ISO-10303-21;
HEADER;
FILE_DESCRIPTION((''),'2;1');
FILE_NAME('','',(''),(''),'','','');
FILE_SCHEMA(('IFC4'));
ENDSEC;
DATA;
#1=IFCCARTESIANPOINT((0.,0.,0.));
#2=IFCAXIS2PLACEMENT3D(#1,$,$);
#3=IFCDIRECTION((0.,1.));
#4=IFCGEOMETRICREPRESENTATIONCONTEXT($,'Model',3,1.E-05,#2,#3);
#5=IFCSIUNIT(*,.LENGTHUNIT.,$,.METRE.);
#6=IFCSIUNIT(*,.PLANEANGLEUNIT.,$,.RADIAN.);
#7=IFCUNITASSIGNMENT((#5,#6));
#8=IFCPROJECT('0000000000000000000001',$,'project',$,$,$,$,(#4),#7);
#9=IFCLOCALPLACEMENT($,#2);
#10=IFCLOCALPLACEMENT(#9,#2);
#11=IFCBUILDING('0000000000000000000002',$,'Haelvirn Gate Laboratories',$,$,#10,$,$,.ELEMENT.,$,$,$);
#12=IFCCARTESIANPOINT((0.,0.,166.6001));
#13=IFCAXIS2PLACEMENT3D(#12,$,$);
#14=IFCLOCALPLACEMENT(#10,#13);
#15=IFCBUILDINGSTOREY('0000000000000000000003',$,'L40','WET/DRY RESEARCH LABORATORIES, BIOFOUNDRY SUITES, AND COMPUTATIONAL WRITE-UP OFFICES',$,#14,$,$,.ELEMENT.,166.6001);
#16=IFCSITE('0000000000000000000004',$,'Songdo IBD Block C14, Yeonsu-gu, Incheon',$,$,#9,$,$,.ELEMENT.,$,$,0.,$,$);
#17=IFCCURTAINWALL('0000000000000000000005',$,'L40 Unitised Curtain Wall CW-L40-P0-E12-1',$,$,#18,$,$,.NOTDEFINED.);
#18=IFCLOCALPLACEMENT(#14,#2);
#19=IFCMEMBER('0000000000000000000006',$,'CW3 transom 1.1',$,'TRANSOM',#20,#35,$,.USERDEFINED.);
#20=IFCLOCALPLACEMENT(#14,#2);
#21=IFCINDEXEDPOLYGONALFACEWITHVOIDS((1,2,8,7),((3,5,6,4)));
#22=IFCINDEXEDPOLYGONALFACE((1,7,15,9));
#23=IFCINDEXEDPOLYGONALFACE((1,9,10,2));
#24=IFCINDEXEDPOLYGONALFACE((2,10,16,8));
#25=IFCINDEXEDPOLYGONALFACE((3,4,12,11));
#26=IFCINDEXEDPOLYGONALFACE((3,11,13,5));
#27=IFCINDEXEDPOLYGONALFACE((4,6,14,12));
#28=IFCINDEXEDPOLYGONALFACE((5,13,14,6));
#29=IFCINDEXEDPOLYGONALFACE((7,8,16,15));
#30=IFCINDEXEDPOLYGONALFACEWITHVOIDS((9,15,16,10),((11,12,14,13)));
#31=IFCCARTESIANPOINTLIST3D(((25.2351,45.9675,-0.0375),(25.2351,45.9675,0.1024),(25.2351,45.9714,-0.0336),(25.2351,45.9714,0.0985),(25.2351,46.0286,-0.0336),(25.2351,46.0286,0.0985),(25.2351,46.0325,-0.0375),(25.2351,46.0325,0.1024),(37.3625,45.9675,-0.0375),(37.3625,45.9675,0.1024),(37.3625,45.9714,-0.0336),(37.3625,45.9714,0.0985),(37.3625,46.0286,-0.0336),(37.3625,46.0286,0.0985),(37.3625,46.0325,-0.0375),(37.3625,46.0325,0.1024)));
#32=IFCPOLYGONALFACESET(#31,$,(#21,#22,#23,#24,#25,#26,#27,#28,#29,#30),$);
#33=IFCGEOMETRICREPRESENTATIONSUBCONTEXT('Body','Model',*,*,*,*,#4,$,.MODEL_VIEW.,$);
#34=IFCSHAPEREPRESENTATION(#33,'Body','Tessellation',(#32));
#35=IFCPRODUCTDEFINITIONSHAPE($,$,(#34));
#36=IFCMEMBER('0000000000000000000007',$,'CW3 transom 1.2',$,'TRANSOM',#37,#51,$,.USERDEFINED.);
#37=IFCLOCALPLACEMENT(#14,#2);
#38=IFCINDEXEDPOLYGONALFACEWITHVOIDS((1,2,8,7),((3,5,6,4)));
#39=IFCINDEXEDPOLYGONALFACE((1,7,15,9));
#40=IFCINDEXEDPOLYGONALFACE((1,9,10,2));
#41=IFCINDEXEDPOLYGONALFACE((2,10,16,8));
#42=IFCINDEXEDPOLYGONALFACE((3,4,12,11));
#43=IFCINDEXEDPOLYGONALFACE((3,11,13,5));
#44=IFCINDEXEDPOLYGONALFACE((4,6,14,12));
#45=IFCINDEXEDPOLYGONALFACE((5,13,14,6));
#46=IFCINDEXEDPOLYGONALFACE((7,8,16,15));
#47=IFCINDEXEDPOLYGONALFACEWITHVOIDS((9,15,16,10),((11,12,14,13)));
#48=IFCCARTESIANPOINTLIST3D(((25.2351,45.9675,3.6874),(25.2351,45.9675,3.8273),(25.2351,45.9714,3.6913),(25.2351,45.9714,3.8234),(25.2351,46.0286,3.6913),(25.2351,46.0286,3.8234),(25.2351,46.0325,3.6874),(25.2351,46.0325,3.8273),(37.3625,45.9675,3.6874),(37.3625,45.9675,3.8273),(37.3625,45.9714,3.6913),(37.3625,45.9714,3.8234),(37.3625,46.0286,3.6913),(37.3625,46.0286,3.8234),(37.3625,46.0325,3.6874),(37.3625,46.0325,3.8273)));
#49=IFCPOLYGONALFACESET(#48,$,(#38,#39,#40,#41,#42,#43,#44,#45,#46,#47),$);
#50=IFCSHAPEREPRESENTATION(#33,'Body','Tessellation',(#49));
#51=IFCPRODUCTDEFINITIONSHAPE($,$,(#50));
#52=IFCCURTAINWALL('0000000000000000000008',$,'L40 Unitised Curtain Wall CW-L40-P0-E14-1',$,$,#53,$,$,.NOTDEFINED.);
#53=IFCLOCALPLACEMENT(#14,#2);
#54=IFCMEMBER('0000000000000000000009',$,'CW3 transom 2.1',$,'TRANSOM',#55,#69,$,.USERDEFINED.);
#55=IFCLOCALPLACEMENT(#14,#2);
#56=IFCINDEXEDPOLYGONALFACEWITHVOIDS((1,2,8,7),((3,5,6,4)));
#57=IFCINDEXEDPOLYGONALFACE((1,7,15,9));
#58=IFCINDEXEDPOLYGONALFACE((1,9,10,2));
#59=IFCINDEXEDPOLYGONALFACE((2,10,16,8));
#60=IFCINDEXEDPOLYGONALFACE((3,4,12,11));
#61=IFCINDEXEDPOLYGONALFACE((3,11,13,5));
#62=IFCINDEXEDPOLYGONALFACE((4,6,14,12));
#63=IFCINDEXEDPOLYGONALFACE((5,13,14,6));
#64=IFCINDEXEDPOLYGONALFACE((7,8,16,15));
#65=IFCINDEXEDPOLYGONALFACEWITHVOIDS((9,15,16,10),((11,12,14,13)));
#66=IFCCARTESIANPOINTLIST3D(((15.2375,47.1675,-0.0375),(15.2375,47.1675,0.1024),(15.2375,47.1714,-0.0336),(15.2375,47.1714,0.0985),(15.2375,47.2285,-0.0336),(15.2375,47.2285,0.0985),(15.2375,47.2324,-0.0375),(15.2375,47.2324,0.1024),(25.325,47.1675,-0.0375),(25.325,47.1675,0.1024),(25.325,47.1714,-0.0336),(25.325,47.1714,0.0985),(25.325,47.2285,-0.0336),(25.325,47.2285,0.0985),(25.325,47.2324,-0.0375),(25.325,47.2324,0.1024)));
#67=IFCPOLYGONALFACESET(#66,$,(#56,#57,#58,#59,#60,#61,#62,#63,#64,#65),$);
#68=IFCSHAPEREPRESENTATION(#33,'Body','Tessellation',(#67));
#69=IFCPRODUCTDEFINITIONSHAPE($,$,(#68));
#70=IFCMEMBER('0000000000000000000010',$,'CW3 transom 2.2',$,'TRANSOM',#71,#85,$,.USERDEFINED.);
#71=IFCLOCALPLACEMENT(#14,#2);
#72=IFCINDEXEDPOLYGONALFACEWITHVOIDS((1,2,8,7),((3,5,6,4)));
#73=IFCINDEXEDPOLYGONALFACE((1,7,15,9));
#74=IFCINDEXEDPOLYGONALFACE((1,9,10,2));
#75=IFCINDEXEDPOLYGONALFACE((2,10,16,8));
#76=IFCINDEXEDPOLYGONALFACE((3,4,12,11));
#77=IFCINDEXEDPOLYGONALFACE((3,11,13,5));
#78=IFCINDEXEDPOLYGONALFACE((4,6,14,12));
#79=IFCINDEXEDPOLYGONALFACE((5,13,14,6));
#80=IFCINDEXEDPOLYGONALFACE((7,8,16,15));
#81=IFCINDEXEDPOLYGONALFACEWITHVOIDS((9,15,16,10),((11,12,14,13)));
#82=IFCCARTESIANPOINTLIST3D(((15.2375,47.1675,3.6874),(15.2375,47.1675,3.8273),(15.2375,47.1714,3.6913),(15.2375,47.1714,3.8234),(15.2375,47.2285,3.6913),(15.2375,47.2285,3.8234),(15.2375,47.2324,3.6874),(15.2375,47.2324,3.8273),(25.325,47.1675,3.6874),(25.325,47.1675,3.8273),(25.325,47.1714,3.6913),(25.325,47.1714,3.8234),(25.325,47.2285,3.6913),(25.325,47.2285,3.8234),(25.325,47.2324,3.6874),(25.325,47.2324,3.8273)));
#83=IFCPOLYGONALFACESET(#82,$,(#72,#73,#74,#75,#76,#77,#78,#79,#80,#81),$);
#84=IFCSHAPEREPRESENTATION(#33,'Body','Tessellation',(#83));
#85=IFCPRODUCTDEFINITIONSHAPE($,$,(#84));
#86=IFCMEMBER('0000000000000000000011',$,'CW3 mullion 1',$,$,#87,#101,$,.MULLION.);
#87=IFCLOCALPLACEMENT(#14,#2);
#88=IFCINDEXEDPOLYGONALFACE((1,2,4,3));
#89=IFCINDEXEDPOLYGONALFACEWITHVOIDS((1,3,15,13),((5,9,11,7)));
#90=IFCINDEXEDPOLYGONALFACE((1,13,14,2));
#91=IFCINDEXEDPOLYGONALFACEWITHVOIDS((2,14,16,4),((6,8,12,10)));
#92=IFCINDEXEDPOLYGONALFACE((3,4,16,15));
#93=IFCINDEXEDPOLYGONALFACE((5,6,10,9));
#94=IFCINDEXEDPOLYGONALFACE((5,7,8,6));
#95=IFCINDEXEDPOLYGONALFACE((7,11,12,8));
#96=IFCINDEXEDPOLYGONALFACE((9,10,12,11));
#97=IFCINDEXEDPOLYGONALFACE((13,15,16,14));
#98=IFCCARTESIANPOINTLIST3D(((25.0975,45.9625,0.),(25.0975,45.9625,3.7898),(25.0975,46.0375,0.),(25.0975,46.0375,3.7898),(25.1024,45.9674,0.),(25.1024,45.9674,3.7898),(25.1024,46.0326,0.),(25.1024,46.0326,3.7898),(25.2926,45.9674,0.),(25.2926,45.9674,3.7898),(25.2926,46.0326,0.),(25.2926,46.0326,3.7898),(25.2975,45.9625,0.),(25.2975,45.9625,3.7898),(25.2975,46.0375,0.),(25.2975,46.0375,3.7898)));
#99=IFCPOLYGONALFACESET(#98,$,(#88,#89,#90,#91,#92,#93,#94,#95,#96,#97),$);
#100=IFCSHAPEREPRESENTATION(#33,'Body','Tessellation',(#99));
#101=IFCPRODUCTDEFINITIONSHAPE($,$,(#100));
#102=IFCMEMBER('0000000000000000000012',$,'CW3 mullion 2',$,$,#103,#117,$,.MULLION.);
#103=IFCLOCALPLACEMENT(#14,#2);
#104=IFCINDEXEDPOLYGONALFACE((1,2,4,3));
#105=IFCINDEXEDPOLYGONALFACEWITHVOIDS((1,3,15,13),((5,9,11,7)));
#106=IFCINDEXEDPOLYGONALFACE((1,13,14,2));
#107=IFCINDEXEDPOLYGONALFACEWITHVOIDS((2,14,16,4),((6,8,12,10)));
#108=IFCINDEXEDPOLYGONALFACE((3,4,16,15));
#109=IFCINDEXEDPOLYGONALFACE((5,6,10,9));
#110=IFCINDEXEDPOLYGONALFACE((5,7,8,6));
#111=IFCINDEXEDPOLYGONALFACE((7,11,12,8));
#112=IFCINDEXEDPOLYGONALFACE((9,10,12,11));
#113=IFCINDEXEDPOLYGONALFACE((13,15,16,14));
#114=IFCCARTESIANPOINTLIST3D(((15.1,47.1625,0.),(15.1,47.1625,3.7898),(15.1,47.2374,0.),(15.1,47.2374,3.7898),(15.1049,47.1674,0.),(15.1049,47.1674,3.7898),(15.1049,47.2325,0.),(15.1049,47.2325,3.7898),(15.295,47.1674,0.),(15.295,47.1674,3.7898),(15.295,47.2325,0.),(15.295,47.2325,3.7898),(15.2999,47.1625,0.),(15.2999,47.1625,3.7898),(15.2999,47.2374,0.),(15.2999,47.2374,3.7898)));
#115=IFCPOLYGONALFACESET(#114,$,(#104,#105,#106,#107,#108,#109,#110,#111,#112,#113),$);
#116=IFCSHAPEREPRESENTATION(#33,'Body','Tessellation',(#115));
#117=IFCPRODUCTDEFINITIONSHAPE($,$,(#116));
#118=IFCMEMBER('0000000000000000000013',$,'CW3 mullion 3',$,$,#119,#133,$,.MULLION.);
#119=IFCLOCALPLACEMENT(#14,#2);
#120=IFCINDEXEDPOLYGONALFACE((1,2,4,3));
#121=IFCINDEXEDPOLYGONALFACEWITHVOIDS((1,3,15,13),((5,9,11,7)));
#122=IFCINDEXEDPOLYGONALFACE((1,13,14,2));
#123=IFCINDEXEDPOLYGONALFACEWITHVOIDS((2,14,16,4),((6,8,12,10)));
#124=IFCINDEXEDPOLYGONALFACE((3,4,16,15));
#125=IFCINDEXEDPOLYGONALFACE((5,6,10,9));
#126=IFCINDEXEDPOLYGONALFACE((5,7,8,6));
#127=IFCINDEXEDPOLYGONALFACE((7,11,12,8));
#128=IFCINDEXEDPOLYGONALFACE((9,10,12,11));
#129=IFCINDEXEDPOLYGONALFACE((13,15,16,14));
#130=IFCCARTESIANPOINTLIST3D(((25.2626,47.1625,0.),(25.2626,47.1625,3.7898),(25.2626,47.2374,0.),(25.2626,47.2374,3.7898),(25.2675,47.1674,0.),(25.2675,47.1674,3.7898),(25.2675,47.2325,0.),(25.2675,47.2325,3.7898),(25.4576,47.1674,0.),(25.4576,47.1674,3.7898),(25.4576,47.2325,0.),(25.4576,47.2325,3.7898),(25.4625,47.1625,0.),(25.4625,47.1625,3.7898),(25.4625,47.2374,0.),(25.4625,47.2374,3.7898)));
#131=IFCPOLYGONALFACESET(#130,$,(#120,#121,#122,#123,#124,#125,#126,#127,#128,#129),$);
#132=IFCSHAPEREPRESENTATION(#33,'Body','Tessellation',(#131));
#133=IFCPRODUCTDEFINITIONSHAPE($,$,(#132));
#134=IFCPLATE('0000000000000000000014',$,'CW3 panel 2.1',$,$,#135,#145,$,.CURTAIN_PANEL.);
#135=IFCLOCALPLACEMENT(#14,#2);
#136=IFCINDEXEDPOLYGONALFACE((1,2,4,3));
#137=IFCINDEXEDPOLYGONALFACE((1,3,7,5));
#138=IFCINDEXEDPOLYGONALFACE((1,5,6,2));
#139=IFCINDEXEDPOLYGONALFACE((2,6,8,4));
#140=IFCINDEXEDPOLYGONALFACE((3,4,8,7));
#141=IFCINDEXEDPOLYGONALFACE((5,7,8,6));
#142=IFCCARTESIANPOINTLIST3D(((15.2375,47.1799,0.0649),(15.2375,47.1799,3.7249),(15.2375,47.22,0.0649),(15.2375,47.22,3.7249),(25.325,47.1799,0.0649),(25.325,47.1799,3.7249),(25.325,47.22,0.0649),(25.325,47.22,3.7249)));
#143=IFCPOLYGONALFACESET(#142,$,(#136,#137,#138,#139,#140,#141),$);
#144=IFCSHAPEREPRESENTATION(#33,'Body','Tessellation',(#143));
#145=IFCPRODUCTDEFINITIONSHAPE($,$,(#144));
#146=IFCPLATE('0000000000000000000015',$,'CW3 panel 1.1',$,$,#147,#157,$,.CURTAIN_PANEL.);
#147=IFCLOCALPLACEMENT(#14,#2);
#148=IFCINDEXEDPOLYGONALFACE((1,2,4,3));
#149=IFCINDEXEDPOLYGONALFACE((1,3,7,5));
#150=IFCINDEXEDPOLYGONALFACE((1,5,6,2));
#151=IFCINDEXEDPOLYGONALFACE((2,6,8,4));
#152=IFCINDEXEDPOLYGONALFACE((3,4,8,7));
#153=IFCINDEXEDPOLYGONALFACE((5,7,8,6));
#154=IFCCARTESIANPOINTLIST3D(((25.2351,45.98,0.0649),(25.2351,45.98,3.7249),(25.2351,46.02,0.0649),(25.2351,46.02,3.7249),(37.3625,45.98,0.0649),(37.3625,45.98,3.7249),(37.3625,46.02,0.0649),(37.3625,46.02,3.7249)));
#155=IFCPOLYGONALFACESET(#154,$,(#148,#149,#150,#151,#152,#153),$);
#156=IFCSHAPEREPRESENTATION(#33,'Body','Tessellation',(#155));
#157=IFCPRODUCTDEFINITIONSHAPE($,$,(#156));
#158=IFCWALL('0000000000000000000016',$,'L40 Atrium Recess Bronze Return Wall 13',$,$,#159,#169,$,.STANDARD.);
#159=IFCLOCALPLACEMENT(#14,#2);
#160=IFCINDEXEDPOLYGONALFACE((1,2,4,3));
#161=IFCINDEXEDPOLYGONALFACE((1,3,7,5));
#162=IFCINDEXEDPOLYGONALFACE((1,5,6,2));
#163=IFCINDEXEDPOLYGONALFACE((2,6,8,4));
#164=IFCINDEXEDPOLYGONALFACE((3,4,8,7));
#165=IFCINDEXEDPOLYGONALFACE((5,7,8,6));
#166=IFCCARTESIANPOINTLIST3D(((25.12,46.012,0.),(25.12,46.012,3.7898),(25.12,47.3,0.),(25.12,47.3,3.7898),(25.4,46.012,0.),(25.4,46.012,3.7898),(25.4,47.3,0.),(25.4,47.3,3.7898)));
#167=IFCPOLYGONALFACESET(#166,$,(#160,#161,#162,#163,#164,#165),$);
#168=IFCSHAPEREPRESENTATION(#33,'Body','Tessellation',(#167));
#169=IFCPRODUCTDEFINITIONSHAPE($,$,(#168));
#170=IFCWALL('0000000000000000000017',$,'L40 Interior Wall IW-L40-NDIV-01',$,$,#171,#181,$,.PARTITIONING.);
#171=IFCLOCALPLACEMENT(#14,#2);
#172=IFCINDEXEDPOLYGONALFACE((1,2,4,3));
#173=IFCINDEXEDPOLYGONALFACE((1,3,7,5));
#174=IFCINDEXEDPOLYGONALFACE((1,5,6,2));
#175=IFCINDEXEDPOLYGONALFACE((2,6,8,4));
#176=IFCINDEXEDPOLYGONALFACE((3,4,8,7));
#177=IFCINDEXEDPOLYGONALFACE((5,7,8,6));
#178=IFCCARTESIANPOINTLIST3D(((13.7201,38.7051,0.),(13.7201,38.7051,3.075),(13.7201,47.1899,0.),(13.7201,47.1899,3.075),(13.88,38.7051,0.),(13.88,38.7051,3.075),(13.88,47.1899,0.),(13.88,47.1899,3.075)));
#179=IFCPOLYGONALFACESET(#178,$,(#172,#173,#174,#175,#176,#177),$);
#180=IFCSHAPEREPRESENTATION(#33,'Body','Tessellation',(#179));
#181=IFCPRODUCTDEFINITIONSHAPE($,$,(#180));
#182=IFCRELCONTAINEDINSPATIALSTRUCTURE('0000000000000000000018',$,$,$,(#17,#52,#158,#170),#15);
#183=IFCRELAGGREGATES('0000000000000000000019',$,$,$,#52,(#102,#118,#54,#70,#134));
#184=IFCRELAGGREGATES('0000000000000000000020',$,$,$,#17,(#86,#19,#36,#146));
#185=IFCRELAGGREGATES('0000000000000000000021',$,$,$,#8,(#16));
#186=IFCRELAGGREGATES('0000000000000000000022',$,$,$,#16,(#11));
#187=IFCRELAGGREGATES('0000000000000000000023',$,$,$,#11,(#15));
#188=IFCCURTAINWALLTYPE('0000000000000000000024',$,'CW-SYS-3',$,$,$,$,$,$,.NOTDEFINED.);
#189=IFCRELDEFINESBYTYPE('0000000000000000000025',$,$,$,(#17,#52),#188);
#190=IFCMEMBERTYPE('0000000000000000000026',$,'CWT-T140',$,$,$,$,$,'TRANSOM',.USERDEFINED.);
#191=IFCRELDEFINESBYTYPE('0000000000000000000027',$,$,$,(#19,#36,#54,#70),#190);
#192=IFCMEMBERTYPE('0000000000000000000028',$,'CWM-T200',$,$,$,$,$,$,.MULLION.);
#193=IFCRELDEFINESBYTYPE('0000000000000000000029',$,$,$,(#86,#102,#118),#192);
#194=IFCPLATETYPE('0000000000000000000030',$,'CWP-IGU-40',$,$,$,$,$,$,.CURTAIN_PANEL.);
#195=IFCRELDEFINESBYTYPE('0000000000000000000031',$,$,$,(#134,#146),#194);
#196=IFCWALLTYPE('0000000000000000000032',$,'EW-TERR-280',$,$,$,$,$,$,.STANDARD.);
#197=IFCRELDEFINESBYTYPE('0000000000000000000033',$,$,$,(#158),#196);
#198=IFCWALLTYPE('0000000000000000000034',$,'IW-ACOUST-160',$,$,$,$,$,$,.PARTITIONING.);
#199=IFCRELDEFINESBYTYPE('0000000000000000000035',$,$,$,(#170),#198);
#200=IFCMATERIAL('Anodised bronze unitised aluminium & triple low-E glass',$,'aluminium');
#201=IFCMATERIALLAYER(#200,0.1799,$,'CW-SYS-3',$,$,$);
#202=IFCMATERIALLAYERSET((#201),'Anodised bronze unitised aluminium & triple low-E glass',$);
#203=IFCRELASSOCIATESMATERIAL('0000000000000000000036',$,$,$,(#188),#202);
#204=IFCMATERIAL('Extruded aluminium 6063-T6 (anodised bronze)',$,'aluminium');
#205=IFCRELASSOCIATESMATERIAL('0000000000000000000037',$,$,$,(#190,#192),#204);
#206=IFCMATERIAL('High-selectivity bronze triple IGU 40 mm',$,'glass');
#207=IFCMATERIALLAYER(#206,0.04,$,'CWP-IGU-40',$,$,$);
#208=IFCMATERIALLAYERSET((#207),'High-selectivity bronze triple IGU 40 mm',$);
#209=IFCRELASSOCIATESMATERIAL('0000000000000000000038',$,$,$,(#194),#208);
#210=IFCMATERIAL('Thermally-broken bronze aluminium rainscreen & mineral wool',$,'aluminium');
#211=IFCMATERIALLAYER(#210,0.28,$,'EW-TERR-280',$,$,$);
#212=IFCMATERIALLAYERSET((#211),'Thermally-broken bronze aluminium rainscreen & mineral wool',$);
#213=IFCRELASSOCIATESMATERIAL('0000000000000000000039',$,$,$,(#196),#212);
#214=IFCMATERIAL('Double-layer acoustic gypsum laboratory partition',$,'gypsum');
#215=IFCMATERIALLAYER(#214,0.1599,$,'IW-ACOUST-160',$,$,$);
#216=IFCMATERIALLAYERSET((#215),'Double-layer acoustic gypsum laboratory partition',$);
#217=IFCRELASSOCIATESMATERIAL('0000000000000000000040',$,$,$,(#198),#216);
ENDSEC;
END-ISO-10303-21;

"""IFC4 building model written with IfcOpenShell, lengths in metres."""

from ifc_helpers import new_model, si_unit, direction, frame, frame_2d, origin, origin_2d, place, context, subcontext, project, spatial, rectangle, hollow_rectangle, extrude, source, transform, mapped, material, layer, layer_set, material_profile, profile_set, type_object, type_shapes, element, aggregate, save


model = new_model("IFC4")

# Units and contexts
model_context = context("Model", 3, precision=1e-05, world=origin(), true_north=direction((0.0, 1.0)))
body_context = subcontext(model_context, "Body", "Model", "MODEL_VIEW")
ifc_project = project(units=[si_unit("LENGTHUNIT", "METRE"), si_unit("PLANEANGLEUNIT", "RADIAN")], contexts=[model_context])

# Site, building, storey
site_placement = place(None, origin())
site = spatial("IfcSite", under=ifc_project, at=site_placement, Name="Songdo IBD Block C14, Yeonsu-gu, Incheon", CompositionType="ELEMENT", RefElevation=0.0)
building_placement = place(site_placement, origin())
building = spatial("IfcBuilding", under=site, at=building_placement, Name="Haelvirn Gate Laboratories", CompositionType="ELEMENT")
storey_placement = place(building_placement, frame((0.0, 0.0, 166.6001)))
storey = spatial("IfcBuildingStorey", under=building, at=storey_placement, Name="L40", Description="WET/DRY RESEARCH LABORATORIES, BIOFOUNDRY SUITES, AND COMPUTATIONAL WRITE-UP OFFICES", CompositionType="ELEMENT", Elevation=166.6001)

# Curtain walls, members
ifc_material_1 = material(Name="Anodised bronze unitised aluminium & triple low-E glass", Category="aluminium")
ifc_layer_1 = layer(ifc_material_1, 0.1799, Name="CW-SYS-3")
ifc_layer_set_1 = layer_set([ifc_layer_1], Name="Anodised bronze unitised aluminium & triple low-E glass")
curtain_wall_type = type_object("IfcCurtainWallType", Name="CW-SYS-3", PredefinedType="NOTDEFINED", material=ifc_layer_set_1)
curtain_wall_1_placement = place(storey_placement, origin())
curtain_wall_1 = element("IfcCurtainWall", 1, at=curtain_wall_1_placement, inside=storey, type_object=curtain_wall_type, Name="L40 Unitised Curtain Wall CW-L40-P0-E12-1", PredefinedType="NOTDEFINED")
ifc_material_2 = material(Name="Extruded aluminium 6063-T6 (anodised bronze)", Category="aluminium")
ifc_material_profile_1 = material_profile(ifc_material_2, hollow_rectangle(XDim=0.0649, YDim=0.1399, WallThickness=0.0039, at=origin_2d()), Name="CWT-140x65x4")
ifc_profile_set_1 = profile_set([ifc_material_profile_1], Name="Extruded aluminium 6063-T6 (anodised bronze)")
member_type_1 = type_object("IfcMemberType", Name="CWT-T140", ElementType="TRANSOM", PredefinedType="USERDEFINED", material=ifc_profile_set_1)
shared_shape_1 = source(origin(), body_context, "Body", "SweptSolid", [
    extrude(hollow_rectangle(XDim=0.0649, YDim=0.1399, WallThickness=0.0039, at=origin_2d()), origin(), (0.0, 0.0, 1.0), 12.1274),
])
member_1_placement = place(storey_placement, frame((25.2351, 46.0, 0.0325), z_axis=(1.0, 0.0, 0.0), x_axis=(0.0, 1.0, 0.0)))
member_1 = element("IfcMember", 2, at=member_1_placement, type_object=member_type_1, Name="CW3 transom 1.1", ObjectType="TRANSOM", PredefinedType="USERDEFINED", context=body_context, shape_type="MappedRepresentation", body=[
    mapped(shared_shape_1, transform((0.0, 0.0, 0.0), scale=1.0)),
])
member_2_placement = place(storey_placement, frame((25.2351, 46.0, 3.7573), z_axis=(1.0, 0.0, 0.0), x_axis=(0.0, 1.0, 0.0)))
member_2 = element("IfcMember", 3, at=member_2_placement, type_object=member_type_1, Name="CW3 transom 1.2", ObjectType="TRANSOM", PredefinedType="USERDEFINED", context=body_context, shape_type="MappedRepresentation", body=[
    mapped(shared_shape_1, transform((0.0, 0.0, 0.0), scale=1.0)),
])
curtain_wall_2_placement = place(storey_placement, origin())
curtain_wall_2 = element("IfcCurtainWall", 4, at=curtain_wall_2_placement, inside=storey, type_object=curtain_wall_type, Name="L40 Unitised Curtain Wall CW-L40-P0-E14-1", PredefinedType="NOTDEFINED")
shared_shape_2 = source(origin(), body_context, "Body", "SweptSolid", [
    extrude(hollow_rectangle(XDim=0.0649, YDim=0.1399, WallThickness=0.0039, at=origin_2d()), origin(), (0.0, 0.0, 1.0), 10.0874),
])
type_shapes(member_type_1, [shared_shape_1, shared_shape_2])
member_3_placement = place(storey_placement, frame((15.2375, 47.2, 0.0325), z_axis=(1.0, 0.0, 0.0), x_axis=(0.0, 1.0, 0.0)))
member_3 = element("IfcMember", 5, at=member_3_placement, type_object=member_type_1, Name="CW3 transom 2.1", ObjectType="TRANSOM", PredefinedType="USERDEFINED", context=body_context, shape_type="MappedRepresentation", body=[
    mapped(shared_shape_2, transform((0.0, 0.0, 0.0), scale=1.0)),
])
member_4_placement = place(storey_placement, frame((15.2375, 47.2, 3.7573), z_axis=(1.0, 0.0, 0.0), x_axis=(0.0, 1.0, 0.0)))
member_4 = element("IfcMember", 6, at=member_4_placement, type_object=member_type_1, Name="CW3 transom 2.2", ObjectType="TRANSOM", PredefinedType="USERDEFINED", context=body_context, shape_type="MappedRepresentation", body=[
    mapped(shared_shape_2, transform((0.0, 0.0, 0.0), scale=1.0)),
])

# Members
ifc_material_profile_2 = material_profile(ifc_material_2, hollow_rectangle(XDim=0.075, YDim=0.2, WallThickness=0.0049, at=origin_2d()), Name="CWM-200x75x5")
ifc_profile_set_2 = profile_set([ifc_material_profile_2], Name="Extruded aluminium 6063-T6 (anodised bronze)")
member_type_2 = type_object("IfcMemberType", Name="CWM-T200", PredefinedType="MULLION", material=ifc_profile_set_2)
shared_shape_3 = source(origin(), body_context, "Body", "SweptSolid", [
    extrude(hollow_rectangle(XDim=0.075, YDim=0.2, WallThickness=0.0049, at=origin_2d()), origin(), (0.0, 0.0, 1.0), 3.7898),
])
type_shapes(member_type_2, [shared_shape_3])
member_5_placement = place(storey_placement, frame((25.1975, 46.0, 0.0), z_axis=(0.0, 0.0, 1.0), x_axis=(0.0, 1.0, 0.0)))
member_5 = element("IfcMember", 7, at=member_5_placement, type_object=member_type_2, Name="CW3 mullion 1", PredefinedType="MULLION", context=body_context, shape_type="MappedRepresentation", body=[
    mapped(shared_shape_3, transform((0.0, 0.0, 0.0), scale=1.0)),
])
member_6_placement = place(storey_placement, frame((15.2, 47.2, 0.0), z_axis=(0.0, 0.0, 1.0), x_axis=(0.0, 1.0, 0.0)))
member_6 = element("IfcMember", 8, at=member_6_placement, type_object=member_type_2, Name="CW3 mullion 2", PredefinedType="MULLION", context=body_context, shape_type="MappedRepresentation", body=[
    mapped(shared_shape_3, transform((0.0, 0.0, 0.0), scale=1.0)),
])
member_7_placement = place(storey_placement, frame((25.3625, 47.2, 0.0), z_axis=(0.0, 0.0, 1.0), x_axis=(0.0, 1.0, 0.0)))
member_7 = element("IfcMember", 9, at=member_7_placement, type_object=member_type_2, Name="CW3 mullion 3", PredefinedType="MULLION", context=body_context, shape_type="MappedRepresentation", body=[
    mapped(shared_shape_3, transform((0.0, 0.0, 0.0), scale=1.0)),
])

# Plates
ifc_material_3 = material(Name="High-selectivity bronze triple IGU 40 mm", Category="glass")
ifc_layer_2 = layer(ifc_material_3, 0.04, Name="CWP-IGU-40")
ifc_layer_set_2 = layer_set([ifc_layer_2], Name="High-selectivity bronze triple IGU 40 mm")
plate_type = type_object("IfcPlateType", Name="CWP-IGU-40", PredefinedType="CURTAIN_PANEL", material=ifc_layer_set_2)
shared_shape_4 = source(origin(), body_context, "Body", "SweptSolid", [
    extrude(rectangle(XDim=10.0874, YDim=0.04, at=origin_2d()), origin(), (0.0, 0.0, 1.0), 3.6599),
])
plate_1_placement = place(storey_placement, frame((20.2812, 47.2, 0.0649), z_axis=(0.0, 0.0, 1.0), x_axis=(1.0, 0.0, 0.0)))
plate_1 = element("IfcPlate", 10, at=plate_1_placement, type_object=plate_type, Name="CW3 panel 2.1", PredefinedType="CURTAIN_PANEL", context=body_context, shape_type="MappedRepresentation", body=[
    mapped(shared_shape_4, transform((0.0, 0.0, 0.0), scale=1.0)),
])
aggregate(curtain_wall_2, [member_6, member_7, member_3, member_4, plate_1])
shared_shape_5 = source(origin(), body_context, "Body", "SweptSolid", [
    extrude(rectangle(XDim=12.1274, YDim=0.04, at=origin_2d()), origin(), (0.0, 0.0, 1.0), 3.6599),
])
type_shapes(plate_type, [shared_shape_4, shared_shape_5])
plate_2_placement = place(storey_placement, frame((31.2988, 46.0, 0.0649), z_axis=(0.0, 0.0, 1.0), x_axis=(1.0, 0.0, 0.0)))
plate_2 = element("IfcPlate", 11, at=plate_2_placement, type_object=plate_type, Name="CW3 panel 1.1", PredefinedType="CURTAIN_PANEL", context=body_context, shape_type="MappedRepresentation", body=[
    mapped(shared_shape_5, transform((0.0, 0.0, 0.0), scale=1.0)),
])
aggregate(curtain_wall_1, [member_5, member_1, member_2, plate_2])

# Walls
ifc_material_4 = material(Name="Thermally-broken bronze aluminium rainscreen & mineral wool", Category="aluminium")
ifc_layer_3 = layer(ifc_material_4, 0.28, Name="EW-TERR-280")
ifc_layer_set_3 = layer_set([ifc_layer_3], Name="Thermally-broken bronze aluminium rainscreen & mineral wool")
wall_type_1 = type_object("IfcWallType", Name="EW-TERR-280", PredefinedType="STANDARD", material=ifc_layer_set_3)
wall_1_placement = place(storey_placement, frame((25.26, 46.012, 0.0), z_axis=(0.0, 0.0, 1.0), x_axis=(0.0, 1.0, 0.0)))
element("IfcWall", 12, at=wall_1_placement, inside=storey, type_object=wall_type_1, Name="L40 Atrium Recess Bronze Return Wall 13", PredefinedType="STANDARD", context=body_context, shape_type="SweptSolid", body=[
    extrude(rectangle(XDim=1.2881, YDim=0.28, at=frame_2d((0.644, 0.0))), origin(), (0.0, 0.0, 1.0), 3.7898),
])
ifc_material_5 = material(Name="Double-layer acoustic gypsum laboratory partition", Category="gypsum")
ifc_layer_4 = layer(ifc_material_5, 0.1599, Name="IW-ACOUST-160")
ifc_layer_set_4 = layer_set([ifc_layer_4], Name="Double-layer acoustic gypsum laboratory partition")
wall_type_2 = type_object("IfcWallType", Name="IW-ACOUST-160", PredefinedType="PARTITIONING", material=ifc_layer_set_4)
for number, where, z_axis, x_axis, name in (
    (13, (13.8, 38.7051, 0.0), (0.0, 0.0, 1.0), (0.0, 1.0, 0.0), "L40 Interior Wall IW-L40-NDIV-01"),
):
    element("IfcWall", number, at=place(storey_placement, frame(where, z_axis=z_axis, x_axis=x_axis)), inside=storey, type_object=wall_type_2, Name=name, PredefinedType="PARTITIONING", context=body_context, shape_type="SweptSolid", body=[
        extrude(rectangle(XDim=8.4849, YDim=0.1599, at=frame_2d((4.2424, 0.0))), origin(), (0.0, 0.0, 1.0), 3.075),
    ])

save(model, "model.ifc")
